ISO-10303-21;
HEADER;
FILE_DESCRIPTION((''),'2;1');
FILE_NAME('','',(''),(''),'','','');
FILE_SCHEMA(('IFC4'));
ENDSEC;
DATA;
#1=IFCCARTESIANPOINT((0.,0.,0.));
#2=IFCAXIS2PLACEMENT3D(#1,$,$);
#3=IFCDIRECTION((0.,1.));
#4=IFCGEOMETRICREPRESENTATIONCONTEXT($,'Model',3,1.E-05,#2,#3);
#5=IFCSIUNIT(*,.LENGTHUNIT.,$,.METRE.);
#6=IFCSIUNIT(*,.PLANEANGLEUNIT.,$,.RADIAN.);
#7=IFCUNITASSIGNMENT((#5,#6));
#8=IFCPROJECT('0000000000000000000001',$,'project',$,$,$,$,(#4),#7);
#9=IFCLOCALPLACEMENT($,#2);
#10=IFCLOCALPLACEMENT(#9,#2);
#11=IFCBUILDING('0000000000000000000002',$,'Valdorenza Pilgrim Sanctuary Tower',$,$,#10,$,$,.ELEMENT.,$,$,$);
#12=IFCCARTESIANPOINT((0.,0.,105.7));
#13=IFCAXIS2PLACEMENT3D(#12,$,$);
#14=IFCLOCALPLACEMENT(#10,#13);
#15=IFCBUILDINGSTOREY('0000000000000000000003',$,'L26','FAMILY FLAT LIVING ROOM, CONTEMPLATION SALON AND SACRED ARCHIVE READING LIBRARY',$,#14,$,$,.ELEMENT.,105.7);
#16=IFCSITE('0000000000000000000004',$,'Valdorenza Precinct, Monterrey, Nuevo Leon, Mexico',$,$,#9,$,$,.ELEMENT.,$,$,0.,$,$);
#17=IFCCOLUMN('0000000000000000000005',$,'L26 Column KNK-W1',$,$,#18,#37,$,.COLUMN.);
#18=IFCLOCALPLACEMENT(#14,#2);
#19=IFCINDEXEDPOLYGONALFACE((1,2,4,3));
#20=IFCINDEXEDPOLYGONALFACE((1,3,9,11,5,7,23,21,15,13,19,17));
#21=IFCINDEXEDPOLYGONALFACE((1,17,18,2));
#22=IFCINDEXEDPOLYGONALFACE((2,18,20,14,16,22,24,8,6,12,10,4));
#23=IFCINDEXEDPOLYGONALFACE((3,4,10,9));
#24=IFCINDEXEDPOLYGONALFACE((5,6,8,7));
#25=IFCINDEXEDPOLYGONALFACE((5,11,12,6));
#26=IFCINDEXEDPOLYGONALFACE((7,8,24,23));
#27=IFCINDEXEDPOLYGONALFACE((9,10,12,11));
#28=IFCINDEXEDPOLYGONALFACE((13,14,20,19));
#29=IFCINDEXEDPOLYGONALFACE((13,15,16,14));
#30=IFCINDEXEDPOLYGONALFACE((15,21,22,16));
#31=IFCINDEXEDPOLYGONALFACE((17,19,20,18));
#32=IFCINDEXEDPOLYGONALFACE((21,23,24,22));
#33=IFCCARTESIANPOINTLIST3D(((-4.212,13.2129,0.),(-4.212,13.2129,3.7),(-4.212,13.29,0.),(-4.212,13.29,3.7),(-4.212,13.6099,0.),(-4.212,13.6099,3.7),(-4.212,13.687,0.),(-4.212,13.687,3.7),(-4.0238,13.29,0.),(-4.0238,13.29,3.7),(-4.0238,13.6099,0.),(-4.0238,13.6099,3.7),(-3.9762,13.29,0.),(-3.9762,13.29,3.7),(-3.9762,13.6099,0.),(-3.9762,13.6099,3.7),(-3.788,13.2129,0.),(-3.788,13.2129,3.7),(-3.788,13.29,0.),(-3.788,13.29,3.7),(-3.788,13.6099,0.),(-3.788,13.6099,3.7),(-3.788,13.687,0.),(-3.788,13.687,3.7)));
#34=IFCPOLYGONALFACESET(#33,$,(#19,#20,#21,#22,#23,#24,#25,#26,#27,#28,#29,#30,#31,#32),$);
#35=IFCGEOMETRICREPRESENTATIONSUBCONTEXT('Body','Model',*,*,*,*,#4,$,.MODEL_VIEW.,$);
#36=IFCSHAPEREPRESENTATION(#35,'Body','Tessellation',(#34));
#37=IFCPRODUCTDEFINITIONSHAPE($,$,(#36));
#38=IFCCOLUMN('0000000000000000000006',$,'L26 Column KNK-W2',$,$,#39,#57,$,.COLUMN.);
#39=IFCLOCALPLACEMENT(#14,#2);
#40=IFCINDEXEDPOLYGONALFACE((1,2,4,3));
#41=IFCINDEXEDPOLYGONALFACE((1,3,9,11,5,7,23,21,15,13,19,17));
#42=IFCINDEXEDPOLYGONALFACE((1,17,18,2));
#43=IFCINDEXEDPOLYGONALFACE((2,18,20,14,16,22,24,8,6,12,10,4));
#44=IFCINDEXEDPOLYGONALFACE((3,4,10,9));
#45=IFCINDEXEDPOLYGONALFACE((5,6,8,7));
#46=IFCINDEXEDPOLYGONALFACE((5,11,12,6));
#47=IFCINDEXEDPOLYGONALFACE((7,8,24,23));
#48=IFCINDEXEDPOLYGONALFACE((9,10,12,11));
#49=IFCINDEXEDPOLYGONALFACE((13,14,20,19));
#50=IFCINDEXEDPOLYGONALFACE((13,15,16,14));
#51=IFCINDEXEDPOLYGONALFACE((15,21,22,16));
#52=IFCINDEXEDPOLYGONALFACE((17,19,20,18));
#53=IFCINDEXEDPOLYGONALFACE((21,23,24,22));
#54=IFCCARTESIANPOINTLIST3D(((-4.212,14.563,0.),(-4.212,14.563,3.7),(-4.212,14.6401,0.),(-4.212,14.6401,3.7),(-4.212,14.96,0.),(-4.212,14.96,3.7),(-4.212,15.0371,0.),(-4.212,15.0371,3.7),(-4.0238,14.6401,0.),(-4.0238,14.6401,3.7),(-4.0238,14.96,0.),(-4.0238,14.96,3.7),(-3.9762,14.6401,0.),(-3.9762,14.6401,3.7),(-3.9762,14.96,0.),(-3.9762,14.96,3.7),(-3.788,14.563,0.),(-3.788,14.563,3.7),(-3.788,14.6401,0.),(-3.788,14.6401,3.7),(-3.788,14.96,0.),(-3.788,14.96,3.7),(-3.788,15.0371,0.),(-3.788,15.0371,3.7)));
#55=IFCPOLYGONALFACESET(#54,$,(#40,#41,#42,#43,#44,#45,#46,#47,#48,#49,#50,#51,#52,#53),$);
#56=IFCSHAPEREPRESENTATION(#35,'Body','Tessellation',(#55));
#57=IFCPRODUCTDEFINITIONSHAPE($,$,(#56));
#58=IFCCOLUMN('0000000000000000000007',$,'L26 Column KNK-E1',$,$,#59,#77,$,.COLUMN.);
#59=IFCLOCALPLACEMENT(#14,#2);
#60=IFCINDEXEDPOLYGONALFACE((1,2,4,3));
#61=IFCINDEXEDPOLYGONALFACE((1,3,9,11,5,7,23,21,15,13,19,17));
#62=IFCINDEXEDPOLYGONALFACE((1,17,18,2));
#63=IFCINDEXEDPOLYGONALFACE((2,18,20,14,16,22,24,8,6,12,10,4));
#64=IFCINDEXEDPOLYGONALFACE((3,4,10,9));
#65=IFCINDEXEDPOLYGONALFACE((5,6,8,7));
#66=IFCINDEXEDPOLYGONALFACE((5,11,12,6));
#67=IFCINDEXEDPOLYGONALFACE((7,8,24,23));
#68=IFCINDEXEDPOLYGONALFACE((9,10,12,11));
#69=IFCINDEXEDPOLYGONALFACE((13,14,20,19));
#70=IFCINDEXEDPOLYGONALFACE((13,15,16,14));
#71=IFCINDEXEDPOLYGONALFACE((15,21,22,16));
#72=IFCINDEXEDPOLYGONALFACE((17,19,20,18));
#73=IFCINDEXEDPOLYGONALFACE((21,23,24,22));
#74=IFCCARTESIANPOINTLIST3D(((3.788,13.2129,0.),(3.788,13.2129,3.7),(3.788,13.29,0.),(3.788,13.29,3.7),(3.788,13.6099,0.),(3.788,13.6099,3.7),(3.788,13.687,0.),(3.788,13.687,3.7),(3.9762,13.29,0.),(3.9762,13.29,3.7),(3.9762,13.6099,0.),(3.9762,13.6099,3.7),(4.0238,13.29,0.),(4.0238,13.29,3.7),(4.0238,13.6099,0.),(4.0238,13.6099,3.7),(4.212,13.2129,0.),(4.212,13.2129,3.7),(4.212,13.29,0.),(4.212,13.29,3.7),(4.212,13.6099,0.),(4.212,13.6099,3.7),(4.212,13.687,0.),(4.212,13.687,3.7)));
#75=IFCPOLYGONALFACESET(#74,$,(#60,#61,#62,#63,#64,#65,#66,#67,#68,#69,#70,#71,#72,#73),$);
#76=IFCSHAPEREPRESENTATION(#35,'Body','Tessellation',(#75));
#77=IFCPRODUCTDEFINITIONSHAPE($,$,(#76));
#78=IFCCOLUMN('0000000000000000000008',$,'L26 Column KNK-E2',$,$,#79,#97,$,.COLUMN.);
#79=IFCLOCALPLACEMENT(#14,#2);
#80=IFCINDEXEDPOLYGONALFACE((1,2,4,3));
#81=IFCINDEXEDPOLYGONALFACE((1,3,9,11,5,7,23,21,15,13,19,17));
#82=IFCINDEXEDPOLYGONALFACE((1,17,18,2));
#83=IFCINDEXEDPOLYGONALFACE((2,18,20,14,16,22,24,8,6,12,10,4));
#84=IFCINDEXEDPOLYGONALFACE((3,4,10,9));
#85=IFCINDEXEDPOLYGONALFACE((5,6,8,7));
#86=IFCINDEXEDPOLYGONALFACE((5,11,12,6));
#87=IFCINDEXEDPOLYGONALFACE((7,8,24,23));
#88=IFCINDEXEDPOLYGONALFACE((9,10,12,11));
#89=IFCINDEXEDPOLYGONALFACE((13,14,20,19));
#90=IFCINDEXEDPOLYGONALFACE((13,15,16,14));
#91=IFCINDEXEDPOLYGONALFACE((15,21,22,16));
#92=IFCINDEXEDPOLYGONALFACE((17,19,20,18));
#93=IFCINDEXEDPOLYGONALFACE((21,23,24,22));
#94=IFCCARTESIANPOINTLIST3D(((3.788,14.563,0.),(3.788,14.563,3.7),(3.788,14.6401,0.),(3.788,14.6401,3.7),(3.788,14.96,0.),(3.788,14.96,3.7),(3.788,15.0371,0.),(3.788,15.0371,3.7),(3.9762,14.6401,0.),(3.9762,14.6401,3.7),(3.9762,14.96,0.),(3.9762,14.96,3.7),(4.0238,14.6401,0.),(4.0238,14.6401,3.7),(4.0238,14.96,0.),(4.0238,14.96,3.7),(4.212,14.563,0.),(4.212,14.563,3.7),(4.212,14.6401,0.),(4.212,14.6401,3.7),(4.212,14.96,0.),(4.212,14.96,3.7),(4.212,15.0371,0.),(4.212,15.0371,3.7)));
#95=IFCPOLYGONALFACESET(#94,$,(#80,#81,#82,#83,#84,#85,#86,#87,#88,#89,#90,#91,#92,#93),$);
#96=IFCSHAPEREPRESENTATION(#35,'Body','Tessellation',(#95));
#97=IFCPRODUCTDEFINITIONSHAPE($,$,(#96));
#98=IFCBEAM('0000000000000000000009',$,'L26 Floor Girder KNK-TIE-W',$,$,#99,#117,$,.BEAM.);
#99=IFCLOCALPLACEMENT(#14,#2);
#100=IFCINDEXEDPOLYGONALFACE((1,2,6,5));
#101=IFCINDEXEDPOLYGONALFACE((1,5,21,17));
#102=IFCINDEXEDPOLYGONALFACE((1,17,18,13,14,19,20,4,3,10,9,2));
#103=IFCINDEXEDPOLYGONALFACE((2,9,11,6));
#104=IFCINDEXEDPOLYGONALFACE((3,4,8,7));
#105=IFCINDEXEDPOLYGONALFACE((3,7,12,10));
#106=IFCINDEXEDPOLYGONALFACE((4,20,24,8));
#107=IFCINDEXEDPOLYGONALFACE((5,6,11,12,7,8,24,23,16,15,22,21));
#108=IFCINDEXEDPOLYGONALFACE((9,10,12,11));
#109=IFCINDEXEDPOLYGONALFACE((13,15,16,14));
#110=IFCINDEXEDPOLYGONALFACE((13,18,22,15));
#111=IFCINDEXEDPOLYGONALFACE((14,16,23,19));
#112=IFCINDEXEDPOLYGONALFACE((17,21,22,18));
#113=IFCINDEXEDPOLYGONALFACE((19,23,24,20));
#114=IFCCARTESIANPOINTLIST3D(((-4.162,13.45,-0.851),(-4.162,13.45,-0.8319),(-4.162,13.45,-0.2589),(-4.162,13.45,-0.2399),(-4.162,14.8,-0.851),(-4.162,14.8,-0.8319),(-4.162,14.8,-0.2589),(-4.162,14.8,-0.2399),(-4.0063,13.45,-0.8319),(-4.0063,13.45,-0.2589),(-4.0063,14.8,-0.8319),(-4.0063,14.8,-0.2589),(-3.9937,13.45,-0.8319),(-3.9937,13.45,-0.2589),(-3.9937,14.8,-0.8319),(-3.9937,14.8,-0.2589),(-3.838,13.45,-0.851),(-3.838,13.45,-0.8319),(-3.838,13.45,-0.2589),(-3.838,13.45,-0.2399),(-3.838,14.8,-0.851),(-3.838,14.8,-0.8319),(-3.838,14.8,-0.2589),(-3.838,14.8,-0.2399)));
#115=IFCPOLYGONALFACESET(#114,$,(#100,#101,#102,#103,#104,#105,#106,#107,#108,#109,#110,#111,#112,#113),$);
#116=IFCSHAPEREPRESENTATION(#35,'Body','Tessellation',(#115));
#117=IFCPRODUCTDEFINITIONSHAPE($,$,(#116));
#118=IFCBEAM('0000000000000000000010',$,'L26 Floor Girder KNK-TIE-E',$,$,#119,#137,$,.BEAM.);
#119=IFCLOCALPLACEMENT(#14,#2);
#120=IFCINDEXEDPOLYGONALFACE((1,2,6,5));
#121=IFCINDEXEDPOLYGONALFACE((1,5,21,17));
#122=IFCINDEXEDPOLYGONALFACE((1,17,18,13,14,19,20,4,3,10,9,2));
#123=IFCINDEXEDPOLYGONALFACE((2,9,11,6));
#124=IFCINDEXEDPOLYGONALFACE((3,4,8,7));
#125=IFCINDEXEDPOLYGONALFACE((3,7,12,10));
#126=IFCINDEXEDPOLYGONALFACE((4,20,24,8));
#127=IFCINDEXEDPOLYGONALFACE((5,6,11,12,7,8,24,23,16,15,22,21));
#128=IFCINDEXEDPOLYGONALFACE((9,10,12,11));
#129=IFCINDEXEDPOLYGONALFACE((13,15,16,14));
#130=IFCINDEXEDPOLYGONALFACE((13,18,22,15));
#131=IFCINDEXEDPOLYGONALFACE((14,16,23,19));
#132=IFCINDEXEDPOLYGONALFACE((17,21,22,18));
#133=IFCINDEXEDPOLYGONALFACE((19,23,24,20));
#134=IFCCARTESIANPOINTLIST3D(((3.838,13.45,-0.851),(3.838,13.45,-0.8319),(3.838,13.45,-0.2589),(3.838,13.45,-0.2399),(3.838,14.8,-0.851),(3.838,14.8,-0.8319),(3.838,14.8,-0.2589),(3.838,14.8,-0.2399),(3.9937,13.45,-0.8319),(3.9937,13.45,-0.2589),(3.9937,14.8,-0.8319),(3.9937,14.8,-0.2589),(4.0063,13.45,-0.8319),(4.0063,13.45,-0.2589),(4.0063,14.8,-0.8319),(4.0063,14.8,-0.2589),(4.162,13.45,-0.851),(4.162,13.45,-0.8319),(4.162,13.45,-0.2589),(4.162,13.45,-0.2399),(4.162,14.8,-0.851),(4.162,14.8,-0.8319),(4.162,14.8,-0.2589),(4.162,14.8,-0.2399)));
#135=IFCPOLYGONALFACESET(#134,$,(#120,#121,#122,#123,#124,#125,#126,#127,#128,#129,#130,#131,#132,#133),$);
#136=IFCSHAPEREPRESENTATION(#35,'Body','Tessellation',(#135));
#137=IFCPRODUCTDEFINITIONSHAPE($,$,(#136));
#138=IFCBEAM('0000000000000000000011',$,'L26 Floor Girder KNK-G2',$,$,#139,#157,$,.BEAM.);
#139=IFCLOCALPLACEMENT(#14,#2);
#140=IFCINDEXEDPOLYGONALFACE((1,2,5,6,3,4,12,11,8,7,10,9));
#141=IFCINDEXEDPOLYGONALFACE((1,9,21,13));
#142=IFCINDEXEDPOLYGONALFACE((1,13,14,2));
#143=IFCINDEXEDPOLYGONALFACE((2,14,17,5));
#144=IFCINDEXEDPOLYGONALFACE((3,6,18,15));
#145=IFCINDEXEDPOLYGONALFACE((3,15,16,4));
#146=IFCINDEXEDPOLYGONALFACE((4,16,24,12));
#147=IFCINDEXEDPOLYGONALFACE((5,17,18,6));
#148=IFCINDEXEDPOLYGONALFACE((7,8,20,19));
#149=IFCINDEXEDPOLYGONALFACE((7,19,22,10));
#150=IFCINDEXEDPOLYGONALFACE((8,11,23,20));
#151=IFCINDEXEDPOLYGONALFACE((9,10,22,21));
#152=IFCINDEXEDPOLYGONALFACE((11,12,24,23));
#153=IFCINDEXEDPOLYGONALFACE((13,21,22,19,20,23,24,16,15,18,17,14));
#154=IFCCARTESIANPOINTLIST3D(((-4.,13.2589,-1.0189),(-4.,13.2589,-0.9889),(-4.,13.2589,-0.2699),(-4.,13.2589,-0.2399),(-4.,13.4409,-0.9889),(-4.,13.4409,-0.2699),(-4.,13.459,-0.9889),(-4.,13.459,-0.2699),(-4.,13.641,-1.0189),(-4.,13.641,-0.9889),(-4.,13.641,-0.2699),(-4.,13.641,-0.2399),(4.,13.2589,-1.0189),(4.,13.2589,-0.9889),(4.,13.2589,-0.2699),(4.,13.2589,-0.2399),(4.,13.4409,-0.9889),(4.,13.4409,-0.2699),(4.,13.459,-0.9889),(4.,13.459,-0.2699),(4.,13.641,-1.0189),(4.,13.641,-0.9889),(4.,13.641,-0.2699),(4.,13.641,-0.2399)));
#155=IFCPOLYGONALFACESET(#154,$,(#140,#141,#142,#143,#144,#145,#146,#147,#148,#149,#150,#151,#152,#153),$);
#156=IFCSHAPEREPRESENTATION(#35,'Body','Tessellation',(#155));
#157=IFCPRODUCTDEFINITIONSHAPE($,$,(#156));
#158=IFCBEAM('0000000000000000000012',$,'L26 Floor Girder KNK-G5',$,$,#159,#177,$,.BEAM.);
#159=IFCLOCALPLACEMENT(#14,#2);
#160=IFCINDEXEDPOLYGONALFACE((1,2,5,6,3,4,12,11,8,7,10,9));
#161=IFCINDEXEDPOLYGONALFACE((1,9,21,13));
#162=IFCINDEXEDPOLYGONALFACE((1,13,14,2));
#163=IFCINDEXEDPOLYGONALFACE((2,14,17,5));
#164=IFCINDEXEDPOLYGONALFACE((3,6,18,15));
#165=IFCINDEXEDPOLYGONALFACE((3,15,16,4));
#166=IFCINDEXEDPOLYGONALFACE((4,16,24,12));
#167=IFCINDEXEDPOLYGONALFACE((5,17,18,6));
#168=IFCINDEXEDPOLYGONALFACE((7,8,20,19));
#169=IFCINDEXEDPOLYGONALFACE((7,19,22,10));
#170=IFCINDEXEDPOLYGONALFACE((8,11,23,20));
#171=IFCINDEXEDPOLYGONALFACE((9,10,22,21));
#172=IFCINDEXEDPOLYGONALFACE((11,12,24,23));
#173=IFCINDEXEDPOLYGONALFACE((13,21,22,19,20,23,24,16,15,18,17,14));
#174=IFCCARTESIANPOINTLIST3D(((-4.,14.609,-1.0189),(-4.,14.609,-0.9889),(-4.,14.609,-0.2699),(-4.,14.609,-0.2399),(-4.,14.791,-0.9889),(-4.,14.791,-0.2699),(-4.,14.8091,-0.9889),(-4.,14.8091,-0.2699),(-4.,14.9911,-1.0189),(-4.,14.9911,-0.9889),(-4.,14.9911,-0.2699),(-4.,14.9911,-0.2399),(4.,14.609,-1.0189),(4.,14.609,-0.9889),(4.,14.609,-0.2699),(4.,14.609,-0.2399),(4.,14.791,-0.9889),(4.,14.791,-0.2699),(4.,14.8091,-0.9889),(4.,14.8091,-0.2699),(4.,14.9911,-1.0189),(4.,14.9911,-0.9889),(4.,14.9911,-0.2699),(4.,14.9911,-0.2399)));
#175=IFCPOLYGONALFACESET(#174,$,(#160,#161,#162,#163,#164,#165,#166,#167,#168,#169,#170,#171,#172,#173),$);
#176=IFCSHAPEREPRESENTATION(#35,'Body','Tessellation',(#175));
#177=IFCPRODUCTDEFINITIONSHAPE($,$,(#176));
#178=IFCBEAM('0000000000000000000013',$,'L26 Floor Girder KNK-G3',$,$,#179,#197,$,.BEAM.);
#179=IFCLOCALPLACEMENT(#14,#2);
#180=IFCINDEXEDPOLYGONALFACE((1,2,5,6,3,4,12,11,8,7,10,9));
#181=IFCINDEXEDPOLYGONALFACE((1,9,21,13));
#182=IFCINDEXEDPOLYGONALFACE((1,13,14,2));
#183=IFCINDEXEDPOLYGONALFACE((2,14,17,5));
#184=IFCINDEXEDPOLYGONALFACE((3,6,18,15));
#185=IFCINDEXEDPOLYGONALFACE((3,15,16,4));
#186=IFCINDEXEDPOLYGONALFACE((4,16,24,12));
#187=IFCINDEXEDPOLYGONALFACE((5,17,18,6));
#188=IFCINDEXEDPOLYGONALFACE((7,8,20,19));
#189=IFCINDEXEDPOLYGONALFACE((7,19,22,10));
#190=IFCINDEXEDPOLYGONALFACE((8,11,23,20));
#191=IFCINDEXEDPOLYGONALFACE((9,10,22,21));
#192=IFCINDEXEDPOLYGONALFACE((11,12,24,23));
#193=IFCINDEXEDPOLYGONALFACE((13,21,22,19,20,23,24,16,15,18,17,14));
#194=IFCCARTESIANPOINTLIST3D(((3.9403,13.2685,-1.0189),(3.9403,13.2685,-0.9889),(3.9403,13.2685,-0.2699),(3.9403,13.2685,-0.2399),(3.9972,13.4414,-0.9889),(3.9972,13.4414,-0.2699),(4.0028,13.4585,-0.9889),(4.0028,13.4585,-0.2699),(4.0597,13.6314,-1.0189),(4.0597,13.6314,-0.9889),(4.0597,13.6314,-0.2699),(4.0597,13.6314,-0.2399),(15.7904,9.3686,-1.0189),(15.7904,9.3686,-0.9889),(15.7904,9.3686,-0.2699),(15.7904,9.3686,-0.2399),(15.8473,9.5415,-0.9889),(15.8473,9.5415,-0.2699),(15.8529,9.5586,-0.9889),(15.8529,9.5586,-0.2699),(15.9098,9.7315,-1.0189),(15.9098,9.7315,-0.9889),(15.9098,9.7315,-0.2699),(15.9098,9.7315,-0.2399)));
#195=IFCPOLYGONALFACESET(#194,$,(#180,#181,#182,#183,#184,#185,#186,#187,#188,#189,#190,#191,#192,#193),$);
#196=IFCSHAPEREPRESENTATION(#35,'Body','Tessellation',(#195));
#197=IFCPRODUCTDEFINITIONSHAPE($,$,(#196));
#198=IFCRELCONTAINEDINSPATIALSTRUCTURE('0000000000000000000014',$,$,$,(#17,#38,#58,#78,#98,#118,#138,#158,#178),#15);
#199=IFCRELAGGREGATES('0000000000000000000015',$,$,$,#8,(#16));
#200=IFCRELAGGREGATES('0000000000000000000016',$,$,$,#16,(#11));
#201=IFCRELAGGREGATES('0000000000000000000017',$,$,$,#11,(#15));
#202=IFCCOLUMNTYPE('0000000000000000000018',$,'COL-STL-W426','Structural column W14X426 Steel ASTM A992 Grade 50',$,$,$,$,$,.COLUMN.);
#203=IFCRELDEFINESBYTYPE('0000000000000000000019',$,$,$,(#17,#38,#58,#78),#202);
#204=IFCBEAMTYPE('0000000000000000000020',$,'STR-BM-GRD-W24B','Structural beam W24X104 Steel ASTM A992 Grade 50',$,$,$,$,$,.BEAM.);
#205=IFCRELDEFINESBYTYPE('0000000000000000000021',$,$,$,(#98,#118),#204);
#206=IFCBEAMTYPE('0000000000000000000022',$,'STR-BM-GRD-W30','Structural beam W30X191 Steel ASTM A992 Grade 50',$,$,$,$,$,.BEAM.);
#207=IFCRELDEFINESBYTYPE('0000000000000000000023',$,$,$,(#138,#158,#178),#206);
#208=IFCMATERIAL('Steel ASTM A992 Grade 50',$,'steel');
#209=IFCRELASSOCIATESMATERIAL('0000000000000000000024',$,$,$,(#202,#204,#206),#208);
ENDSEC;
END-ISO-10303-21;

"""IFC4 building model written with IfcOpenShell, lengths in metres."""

from ifc_helpers import new_model, si_unit, direction, frame, origin, origin_2d, place, context, subcontext, project, spatial, i_section, extrude, source, transform, mapped, material, material_profile, profile_set, type_object, element, save


model = new_model("IFC4")

# Units and contexts
model_context = context("Model", 3, precision=1e-05, world=origin(), true_north=direction((0.0, 1.0)))
body_context = subcontext(model_context, "Body", "Model", "MODEL_VIEW")
ifc_project = project(units=[si_unit("LENGTHUNIT", "METRE"), si_unit("PLANEANGLEUNIT", "RADIAN")], contexts=[model_context])

# Site, building, storey
site_placement = place(None, origin())
site = spatial("IfcSite", under=ifc_project, at=site_placement, Name="Valdorenza Precinct, Monterrey, Nuevo Leon, Mexico", CompositionType="ELEMENT", RefElevation=0.0)
building_placement = place(site_placement, origin())
building = spatial("IfcBuilding", under=site, at=building_placement, Name="Valdorenza Pilgrim Sanctuary Tower", CompositionType="ELEMENT")
storey_placement = place(building_placement, frame((0.0, 0.0, 105.7)))
storey = spatial("IfcBuildingStorey", under=building, at=storey_placement, Name="L26", Description="FAMILY FLAT LIVING ROOM, CONTEMPLATION SALON AND SACRED ARCHIVE READING LIBRARY", CompositionType="ELEMENT", Elevation=105.7)

# Columns
ifc_material_1 = material(Name="Steel ASTM A992 Grade 50", Category="steel")
ifc_material_profile_1 = material_profile(ifc_material_1, i_section(OverallWidth=0.4241, OverallDepth=0.4741, WebThickness=0.0476, FlangeThickness=0.0771, at=origin_2d()), Name="W14X426")
ifc_profile_set_1 = profile_set([ifc_material_profile_1], Name="Steel ASTM A992 Grade 50")
column_type = type_object("IfcColumnType", Name="COL-STL-W426", Description="Structural column W14X426 Steel ASTM A992 Grade 50", PredefinedType="COLUMN", material=ifc_profile_set_1)
shared_shape_1 = source(origin(), body_context, "Body", "SweptSolid", [
    extrude(i_section(OverallWidth=0.4241, OverallDepth=0.4741, WebThickness=0.0476, FlangeThickness=0.0771, at=origin_2d()), origin(), (0.0, 0.0, 1.0), 3.7),
])
for number, where, z_axis, x_axis, name in (
    (1, (-4.0, 13.45, 0.0), (0.0, 0.0, 1.0), (1.0, 0.0, 0.0), "L26 Column KNK-W1"),
    (2, (-4.0, 14.8, 0.0), (0.0, 0.0, 1.0), (1.0, 0.0, 0.0), "L26 Column KNK-W2"),
    (3, (4.0, 13.45, 0.0), (0.0, 0.0, 1.0), (1.0, 0.0, 0.0), "L26 Column KNK-E1"),
    (4, (4.0, 14.8, 0.0), (0.0, 0.0, 1.0), (1.0, 0.0, 0.0), "L26 Column KNK-E2"),
):
    element("IfcColumn", number, at=place(storey_placement, frame(where, z_axis=z_axis, x_axis=x_axis)), inside=storey, type_object=column_type, Name=name, PredefinedType="COLUMN", context=body_context, shape_type="MappedRepresentation", body=[
        mapped(shared_shape_1, transform((0.0, 0.0, 0.0), x_axis=(1.0, 0.0, 0.0), y_axis=(0.0, 1.0, 0.0), z_axis=(0.0, 0.0, 1.0), scale=1.0)),
    ])

# Beams
ifc_material_profile_2 = material_profile(ifc_material_1, i_section(OverallWidth=0.324, OverallDepth=0.6111, WebThickness=0.0127, FlangeThickness=0.019, at=origin_2d()), Name="W24X104")
ifc_profile_set_2 = profile_set([ifc_material_profile_2], Name="Steel ASTM A992 Grade 50")
beam_type_1 = type_object("IfcBeamType", Name="STR-BM-GRD-W24B", Description="Structural beam W24X104 Steel ASTM A992 Grade 50", PredefinedType="BEAM", material=ifc_profile_set_2)
shared_shape_2 = source(origin(), body_context, "Body", "SweptSolid", [
    extrude(i_section(OverallWidth=0.324, OverallDepth=0.6111, WebThickness=0.0127, FlangeThickness=0.019, at=origin_2d()), origin(), (0.0, 0.0, 1.0), 1.3501),
])
for number, where, z_axis, x_axis, name in (
    (5, (-4.0, 13.45, -0.5454), (0.0, 1.0, 0.0), (-1.0, 0.0, 0.0), "L26 Floor Girder KNK-TIE-W"),
    (6, (4.0, 13.45, -0.5454), (0.0, 1.0, 0.0), (-1.0, 0.0, 0.0), "L26 Floor Girder KNK-TIE-E"),
):
    element("IfcBeam", number, at=place(storey_placement, frame(where, z_axis=z_axis, x_axis=x_axis)), inside=storey, type_object=beam_type_1, Name=name, PredefinedType="BEAM", context=body_context, shape_type="MappedRepresentation", body=[
        mapped(shared_shape_2, transform((0.0, 0.0, 0.0), x_axis=(1.0, 0.0, 0.0), y_axis=(0.0, 1.0, 0.0), z_axis=(0.0, 0.0, 1.0), scale=1.0)),
    ])
ifc_material_profile_3 = material_profile(ifc_material_1, i_section(OverallWidth=0.3821, OverallDepth=0.7791, WebThickness=0.0181, FlangeThickness=0.03, at=origin_2d()), Name="W30X191")
ifc_profile_set_3 = profile_set([ifc_material_profile_3], Name="Steel ASTM A992 Grade 50")
beam_type_2 = type_object("IfcBeamType", Name="STR-BM-GRD-W30", Description="Structural beam W30X191 Steel ASTM A992 Grade 50", PredefinedType="BEAM", material=ifc_profile_set_3)
shared_shape_3 = source(origin(), body_context, "Body", "SweptSolid", [
    extrude(i_section(OverallWidth=0.3821, OverallDepth=0.7791, WebThickness=0.0181, FlangeThickness=0.03, at=origin_2d()), origin(), (0.0, 0.0, 1.0), 8.0),
])
for number, where, z_axis, x_axis, name in (
    (7, (-4.0, 13.45, -0.6294), (1.0, 0.0, 0.0), (0.0, 1.0, 0.0), "L26 Floor Girder KNK-G2"),
    (8, (-4.0, 14.8, -0.6294), (1.0, 0.0, 0.0), (0.0, 1.0, 0.0), "L26 Floor Girder KNK-G5"),
):
    element("IfcBeam", number, at=place(storey_placement, frame(where, z_axis=z_axis, x_axis=x_axis)), inside=storey, type_object=beam_type_2, Name=name, PredefinedType="BEAM", context=body_context, shape_type="MappedRepresentation", body=[
        mapped(shared_shape_3, transform((0.0, 0.0, 0.0), x_axis=(1.0, 0.0, 0.0), y_axis=(0.0, 1.0, 0.0), z_axis=(0.0, 0.0, 1.0), scale=1.0)),
    ])
shared_shape_4 = source(origin(), body_context, "Body", "SweptSolid", [
    extrude(i_section(OverallWidth=0.3821, OverallDepth=0.7791, WebThickness=0.0181, FlangeThickness=0.03, at=origin_2d()), origin(), (0.0, 0.0, 1.0), 12.4753),
])
beam_1_placement = place(storey_placement, frame((4.0, 13.45, -0.6294), z_axis=(0.949882, -0.312609, 0.0), x_axis=(0.312609, 0.949882, 0.0)))
element("IfcBeam", 9, at=beam_1_placement, inside=storey, type_object=beam_type_2, Name="L26 Floor Girder KNK-G3", PredefinedType="BEAM", context=body_context, shape_type="MappedRepresentation", body=[
    mapped(shared_shape_4, transform((0.0, 0.0, 0.0), x_axis=(1.0, 0.0, 0.0), y_axis=(0.0, 1.0, 0.0), z_axis=(0.0, 0.0, 1.0), scale=1.0)),
])

save(model, "model.ifc")
